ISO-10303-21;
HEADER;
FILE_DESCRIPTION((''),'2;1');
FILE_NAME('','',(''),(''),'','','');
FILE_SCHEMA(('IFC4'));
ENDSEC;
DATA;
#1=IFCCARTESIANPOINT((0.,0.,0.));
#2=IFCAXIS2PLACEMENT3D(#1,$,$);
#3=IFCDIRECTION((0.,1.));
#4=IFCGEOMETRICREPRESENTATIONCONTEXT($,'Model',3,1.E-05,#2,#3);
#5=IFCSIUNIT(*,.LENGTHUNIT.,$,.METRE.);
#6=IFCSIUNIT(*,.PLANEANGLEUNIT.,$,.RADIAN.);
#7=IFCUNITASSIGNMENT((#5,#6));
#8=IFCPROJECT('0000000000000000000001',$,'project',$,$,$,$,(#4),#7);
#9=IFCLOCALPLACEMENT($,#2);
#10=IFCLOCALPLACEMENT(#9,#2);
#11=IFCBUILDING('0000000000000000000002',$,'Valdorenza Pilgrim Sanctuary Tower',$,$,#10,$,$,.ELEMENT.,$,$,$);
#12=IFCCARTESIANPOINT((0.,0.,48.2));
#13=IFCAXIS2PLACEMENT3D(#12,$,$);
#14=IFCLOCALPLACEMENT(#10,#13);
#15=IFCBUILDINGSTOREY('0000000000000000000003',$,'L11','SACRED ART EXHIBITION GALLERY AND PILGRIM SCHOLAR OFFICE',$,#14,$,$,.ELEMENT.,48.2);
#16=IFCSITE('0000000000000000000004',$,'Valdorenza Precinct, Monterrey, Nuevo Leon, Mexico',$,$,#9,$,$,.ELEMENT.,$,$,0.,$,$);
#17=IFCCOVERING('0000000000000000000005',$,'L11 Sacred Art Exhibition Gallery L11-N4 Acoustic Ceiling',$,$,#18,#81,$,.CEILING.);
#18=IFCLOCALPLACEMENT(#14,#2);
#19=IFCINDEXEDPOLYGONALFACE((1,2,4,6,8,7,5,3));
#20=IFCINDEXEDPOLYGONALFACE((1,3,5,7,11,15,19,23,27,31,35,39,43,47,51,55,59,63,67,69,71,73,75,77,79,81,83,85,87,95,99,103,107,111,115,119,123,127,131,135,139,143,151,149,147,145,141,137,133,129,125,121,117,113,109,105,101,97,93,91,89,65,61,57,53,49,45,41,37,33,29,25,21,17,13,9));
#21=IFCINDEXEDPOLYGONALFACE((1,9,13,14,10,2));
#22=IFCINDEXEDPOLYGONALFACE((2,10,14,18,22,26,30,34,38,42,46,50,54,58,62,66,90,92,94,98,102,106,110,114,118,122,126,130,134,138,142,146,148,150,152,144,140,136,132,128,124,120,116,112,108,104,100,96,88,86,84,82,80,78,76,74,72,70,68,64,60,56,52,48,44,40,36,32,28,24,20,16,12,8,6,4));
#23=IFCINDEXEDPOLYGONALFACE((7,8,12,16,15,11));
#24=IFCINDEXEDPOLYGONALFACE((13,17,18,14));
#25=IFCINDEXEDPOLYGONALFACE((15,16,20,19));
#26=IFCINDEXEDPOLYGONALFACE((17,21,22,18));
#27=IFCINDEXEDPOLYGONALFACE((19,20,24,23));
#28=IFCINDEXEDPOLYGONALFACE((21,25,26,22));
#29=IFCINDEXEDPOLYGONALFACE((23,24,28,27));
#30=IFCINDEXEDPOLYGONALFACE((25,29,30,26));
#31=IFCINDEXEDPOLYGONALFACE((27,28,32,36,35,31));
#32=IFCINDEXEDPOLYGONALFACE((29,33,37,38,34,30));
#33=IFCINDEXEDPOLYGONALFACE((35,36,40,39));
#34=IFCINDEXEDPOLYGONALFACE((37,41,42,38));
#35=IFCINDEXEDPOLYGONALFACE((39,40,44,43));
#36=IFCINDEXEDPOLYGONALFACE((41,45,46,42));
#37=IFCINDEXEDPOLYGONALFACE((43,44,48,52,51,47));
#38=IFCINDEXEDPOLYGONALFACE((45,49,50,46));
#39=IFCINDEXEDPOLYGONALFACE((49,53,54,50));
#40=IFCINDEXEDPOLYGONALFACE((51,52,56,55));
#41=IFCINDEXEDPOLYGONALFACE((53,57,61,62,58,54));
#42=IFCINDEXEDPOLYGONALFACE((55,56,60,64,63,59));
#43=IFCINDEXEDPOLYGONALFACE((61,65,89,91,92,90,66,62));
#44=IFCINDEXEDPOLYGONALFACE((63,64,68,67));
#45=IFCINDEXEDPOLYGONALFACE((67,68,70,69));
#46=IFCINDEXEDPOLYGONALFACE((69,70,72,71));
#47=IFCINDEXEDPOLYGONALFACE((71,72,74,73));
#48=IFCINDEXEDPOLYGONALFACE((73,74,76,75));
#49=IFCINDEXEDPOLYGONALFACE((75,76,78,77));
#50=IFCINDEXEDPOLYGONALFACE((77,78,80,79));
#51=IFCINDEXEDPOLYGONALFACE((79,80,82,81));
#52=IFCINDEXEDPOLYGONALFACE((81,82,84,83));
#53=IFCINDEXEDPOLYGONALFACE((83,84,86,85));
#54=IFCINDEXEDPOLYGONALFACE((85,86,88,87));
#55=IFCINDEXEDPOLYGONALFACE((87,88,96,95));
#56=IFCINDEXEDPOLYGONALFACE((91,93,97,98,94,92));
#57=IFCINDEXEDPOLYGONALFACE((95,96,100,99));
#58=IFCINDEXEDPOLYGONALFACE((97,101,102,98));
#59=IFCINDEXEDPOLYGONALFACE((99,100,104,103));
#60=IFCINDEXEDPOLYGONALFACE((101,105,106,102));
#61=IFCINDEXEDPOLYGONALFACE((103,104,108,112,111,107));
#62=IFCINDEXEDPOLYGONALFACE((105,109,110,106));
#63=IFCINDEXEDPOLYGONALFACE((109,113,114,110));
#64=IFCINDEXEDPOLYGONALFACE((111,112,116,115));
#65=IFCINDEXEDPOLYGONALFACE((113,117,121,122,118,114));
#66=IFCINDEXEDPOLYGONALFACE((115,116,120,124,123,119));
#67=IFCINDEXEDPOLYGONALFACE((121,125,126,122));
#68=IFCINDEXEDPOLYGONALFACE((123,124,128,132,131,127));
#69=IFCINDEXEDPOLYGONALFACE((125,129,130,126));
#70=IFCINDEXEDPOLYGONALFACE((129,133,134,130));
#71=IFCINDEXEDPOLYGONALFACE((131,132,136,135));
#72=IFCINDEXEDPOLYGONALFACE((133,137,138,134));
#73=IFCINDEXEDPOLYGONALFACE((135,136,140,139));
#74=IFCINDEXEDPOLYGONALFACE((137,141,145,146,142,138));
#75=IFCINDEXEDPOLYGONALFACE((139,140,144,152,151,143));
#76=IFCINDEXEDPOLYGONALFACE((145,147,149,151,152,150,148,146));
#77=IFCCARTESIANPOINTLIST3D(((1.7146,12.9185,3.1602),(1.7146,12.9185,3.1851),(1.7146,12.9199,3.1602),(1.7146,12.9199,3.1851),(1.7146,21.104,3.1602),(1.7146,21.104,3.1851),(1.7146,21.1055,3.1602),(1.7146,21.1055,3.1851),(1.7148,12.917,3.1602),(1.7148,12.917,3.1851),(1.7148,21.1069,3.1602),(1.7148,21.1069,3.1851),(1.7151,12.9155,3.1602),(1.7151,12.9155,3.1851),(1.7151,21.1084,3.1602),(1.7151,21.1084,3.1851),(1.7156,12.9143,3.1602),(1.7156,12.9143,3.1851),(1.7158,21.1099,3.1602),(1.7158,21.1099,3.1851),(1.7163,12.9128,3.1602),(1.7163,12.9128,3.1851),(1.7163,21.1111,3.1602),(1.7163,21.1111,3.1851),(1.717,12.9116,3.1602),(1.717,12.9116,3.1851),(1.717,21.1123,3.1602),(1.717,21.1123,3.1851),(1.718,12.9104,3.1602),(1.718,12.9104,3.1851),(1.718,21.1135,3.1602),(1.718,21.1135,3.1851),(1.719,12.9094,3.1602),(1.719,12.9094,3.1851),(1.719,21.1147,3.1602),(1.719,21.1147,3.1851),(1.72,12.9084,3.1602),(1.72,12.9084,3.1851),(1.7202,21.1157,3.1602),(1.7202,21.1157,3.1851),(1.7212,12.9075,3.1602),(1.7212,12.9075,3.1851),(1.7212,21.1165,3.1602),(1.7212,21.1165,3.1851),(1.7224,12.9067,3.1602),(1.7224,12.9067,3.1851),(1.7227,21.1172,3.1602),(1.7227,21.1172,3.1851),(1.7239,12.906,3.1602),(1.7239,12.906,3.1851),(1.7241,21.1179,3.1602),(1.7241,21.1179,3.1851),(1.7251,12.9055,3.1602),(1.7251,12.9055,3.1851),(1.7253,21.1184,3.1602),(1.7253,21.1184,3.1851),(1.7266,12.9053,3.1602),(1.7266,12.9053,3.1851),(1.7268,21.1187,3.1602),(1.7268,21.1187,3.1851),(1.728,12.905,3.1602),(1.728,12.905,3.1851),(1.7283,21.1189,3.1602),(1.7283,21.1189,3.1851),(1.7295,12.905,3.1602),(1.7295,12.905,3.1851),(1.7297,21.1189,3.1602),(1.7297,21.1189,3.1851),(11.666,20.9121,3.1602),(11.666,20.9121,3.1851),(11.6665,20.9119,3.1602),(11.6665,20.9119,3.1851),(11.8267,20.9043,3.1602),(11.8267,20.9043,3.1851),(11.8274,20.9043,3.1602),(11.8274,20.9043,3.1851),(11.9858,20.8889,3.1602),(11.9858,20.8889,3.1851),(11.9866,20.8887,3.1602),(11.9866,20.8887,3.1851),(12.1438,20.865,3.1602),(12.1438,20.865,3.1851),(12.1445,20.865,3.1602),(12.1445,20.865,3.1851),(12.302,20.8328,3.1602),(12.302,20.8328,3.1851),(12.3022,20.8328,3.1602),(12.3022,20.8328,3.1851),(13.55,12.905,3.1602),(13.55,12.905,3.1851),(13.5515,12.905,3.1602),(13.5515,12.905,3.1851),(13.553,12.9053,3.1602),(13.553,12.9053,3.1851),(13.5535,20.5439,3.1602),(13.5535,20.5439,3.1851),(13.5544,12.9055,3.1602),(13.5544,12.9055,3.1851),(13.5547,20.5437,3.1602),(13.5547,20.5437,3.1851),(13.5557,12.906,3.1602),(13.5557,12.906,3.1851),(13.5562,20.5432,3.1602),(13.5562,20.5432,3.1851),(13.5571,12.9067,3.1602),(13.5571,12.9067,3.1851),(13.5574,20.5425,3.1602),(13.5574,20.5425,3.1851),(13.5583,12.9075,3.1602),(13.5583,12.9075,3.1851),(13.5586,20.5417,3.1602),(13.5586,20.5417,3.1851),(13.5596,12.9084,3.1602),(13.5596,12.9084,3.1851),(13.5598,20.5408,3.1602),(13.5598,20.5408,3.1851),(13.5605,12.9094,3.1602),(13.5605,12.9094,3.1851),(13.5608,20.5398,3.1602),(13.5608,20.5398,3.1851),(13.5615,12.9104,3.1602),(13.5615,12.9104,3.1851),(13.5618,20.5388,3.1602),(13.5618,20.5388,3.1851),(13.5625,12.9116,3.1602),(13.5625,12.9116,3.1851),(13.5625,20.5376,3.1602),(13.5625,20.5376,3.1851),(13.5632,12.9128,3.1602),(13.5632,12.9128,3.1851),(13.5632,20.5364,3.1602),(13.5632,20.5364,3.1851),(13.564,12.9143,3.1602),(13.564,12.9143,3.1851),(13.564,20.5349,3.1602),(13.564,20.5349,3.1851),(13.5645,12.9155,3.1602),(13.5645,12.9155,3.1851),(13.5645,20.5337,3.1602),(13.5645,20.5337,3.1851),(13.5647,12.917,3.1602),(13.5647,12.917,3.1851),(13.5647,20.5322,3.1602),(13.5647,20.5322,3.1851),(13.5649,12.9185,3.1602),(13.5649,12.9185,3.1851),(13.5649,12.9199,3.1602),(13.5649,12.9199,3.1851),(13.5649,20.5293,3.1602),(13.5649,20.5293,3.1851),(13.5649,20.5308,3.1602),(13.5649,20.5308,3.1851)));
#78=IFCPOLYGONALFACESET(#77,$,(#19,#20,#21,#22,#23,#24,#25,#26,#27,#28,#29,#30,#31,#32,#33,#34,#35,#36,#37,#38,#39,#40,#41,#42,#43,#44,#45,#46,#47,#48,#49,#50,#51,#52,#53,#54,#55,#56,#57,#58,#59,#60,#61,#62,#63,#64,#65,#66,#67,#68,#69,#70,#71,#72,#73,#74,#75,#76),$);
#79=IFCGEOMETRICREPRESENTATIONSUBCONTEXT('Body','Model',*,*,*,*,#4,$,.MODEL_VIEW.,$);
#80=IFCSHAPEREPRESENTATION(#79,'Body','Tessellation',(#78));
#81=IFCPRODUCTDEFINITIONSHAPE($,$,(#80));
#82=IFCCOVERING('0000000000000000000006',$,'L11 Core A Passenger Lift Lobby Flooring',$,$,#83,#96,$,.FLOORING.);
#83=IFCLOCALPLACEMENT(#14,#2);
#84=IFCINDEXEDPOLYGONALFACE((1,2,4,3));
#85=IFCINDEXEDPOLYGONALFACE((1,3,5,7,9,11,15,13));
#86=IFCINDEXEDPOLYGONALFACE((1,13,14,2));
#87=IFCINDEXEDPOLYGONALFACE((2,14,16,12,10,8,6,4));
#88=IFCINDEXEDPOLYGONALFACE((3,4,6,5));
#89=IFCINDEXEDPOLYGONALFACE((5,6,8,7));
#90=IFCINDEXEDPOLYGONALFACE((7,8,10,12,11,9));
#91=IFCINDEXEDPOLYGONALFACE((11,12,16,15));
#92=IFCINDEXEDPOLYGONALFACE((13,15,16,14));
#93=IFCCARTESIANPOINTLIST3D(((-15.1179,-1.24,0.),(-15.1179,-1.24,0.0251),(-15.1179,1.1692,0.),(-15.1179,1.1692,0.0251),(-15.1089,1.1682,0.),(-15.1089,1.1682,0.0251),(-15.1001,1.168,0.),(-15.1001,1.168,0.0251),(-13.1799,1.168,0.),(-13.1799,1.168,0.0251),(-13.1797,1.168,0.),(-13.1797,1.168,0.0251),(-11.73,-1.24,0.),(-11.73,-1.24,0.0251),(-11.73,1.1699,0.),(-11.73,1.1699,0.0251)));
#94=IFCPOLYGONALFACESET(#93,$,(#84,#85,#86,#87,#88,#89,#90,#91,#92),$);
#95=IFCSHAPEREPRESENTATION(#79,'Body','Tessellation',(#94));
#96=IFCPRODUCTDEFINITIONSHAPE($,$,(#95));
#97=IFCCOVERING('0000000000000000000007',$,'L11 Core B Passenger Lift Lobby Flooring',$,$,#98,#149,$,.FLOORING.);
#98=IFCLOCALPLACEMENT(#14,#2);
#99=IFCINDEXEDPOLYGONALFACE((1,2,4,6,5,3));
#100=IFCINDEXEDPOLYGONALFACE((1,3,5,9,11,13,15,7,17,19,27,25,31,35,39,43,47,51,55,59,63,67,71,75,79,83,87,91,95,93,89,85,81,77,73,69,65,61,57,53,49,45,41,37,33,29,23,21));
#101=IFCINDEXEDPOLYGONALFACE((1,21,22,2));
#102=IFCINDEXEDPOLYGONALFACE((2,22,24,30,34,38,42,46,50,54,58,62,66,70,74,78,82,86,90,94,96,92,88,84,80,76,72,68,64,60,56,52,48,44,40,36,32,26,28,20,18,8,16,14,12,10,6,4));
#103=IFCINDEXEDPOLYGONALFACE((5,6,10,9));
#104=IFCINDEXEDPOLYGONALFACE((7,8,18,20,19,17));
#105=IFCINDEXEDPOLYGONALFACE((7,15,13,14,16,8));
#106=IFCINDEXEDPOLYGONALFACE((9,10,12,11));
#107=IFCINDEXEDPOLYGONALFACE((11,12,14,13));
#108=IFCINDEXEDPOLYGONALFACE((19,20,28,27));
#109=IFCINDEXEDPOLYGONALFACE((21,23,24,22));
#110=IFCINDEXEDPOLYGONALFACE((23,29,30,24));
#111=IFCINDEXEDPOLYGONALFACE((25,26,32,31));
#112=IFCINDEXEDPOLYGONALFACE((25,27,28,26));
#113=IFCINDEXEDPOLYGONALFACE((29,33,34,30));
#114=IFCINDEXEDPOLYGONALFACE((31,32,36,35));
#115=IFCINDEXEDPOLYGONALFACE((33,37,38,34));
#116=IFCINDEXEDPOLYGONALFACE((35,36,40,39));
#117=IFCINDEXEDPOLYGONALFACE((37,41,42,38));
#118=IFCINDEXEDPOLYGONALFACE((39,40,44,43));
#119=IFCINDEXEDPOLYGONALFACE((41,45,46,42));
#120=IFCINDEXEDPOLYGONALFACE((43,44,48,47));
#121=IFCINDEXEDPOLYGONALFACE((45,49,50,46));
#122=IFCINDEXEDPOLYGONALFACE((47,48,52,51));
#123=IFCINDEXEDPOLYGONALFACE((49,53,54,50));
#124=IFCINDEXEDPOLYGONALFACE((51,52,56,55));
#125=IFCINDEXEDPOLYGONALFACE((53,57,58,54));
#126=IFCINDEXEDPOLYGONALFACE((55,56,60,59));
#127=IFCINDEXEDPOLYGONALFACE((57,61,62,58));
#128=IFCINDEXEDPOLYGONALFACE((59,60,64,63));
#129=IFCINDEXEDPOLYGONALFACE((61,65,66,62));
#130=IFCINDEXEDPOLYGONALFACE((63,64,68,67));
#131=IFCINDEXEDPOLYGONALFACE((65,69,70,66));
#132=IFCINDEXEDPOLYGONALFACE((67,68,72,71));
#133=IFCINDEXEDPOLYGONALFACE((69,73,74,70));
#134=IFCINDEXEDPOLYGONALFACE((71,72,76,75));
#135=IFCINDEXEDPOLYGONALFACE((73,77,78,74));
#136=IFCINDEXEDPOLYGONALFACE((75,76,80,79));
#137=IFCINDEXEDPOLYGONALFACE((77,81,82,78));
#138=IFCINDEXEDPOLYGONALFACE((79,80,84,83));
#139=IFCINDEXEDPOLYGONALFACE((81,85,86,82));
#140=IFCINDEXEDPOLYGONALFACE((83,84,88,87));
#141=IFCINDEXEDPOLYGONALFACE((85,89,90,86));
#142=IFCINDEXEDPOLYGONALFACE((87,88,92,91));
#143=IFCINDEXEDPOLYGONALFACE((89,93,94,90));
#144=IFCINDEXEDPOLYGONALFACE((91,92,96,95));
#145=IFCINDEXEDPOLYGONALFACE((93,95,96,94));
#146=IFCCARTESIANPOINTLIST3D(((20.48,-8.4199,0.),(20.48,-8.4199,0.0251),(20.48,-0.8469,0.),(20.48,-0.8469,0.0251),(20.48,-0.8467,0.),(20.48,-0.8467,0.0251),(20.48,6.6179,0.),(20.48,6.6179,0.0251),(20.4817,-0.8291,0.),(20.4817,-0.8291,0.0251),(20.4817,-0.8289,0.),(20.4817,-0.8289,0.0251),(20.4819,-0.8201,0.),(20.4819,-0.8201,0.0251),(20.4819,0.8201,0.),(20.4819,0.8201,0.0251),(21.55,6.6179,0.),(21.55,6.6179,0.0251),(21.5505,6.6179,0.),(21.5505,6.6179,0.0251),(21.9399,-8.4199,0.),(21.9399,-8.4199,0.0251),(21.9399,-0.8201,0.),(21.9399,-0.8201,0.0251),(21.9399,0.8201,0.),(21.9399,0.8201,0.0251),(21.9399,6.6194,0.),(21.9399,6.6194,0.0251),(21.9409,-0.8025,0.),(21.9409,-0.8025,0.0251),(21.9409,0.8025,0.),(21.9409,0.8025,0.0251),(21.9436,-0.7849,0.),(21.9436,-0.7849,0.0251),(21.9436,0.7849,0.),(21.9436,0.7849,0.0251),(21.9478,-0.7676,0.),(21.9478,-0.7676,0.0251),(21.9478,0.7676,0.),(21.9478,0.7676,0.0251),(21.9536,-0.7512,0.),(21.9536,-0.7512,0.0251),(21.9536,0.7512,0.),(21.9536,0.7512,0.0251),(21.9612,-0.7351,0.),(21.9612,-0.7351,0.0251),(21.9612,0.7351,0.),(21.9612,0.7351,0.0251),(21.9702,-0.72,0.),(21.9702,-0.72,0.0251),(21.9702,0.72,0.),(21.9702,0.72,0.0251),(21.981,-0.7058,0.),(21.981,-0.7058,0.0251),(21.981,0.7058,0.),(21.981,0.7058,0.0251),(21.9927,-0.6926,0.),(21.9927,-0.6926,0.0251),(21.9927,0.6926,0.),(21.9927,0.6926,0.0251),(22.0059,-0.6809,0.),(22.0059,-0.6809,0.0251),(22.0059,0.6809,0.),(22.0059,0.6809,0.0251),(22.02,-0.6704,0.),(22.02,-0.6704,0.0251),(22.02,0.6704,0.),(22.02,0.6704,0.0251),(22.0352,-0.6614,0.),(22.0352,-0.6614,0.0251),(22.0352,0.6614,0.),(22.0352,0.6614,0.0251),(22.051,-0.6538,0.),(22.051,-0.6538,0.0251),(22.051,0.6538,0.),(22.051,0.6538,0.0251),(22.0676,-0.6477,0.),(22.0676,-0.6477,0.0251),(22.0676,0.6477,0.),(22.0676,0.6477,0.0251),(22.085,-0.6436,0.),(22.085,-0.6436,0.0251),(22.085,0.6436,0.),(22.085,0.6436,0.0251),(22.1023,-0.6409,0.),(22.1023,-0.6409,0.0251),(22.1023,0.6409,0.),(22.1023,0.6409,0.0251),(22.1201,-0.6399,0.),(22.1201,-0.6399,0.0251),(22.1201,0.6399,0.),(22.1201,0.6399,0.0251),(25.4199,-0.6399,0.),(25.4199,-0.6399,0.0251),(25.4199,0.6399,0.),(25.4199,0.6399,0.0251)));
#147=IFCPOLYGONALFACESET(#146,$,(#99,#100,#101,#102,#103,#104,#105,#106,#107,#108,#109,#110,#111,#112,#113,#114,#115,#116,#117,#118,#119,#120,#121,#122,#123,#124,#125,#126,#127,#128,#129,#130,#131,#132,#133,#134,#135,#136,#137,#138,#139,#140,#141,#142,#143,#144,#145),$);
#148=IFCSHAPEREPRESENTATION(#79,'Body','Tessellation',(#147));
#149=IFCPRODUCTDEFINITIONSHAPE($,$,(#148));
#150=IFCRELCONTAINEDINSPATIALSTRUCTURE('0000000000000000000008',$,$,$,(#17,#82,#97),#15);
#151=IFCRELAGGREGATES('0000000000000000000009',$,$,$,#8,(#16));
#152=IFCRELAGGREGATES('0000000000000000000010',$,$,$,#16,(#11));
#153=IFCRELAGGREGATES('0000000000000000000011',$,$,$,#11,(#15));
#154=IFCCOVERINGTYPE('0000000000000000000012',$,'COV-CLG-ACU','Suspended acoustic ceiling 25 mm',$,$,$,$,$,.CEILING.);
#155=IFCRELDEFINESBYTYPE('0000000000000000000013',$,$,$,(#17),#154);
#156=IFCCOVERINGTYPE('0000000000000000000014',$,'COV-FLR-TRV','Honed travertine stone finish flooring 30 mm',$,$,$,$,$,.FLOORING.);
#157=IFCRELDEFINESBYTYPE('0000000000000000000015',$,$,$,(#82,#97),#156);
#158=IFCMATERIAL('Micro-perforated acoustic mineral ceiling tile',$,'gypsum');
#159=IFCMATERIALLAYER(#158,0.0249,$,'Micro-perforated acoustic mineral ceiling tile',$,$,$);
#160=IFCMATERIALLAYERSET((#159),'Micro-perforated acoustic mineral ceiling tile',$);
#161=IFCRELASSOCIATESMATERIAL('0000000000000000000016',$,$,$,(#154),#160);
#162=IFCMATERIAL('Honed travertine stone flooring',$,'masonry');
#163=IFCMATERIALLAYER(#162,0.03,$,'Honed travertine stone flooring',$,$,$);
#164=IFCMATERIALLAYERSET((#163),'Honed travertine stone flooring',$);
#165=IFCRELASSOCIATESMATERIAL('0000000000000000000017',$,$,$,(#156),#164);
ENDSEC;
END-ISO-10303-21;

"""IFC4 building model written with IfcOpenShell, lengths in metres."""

from ifc_helpers import new_model, si_unit, direction, frame, origin, place, context, subcontext, project, spatial, polyline, outline, extrude, material, layer, layer_set, type_object, element, save


model = new_model("IFC4")

# Units and contexts
model_context = context("Model", 3, precision=1e-05, world=origin(), true_north=direction((0.0, 1.0)))
body_context = subcontext(model_context, "Body", "Model", "MODEL_VIEW")
ifc_project = project(units=[si_unit("LENGTHUNIT", "METRE"), si_unit("PLANEANGLEUNIT", "RADIAN")], contexts=[model_context])

# Site, building, storey
site_placement = place(None, origin())
site = spatial("IfcSite", under=ifc_project, at=site_placement, Name="Valdorenza Precinct, Monterrey, Nuevo Leon, Mexico", CompositionType="ELEMENT", RefElevation=0.0)
building_placement = place(site_placement, origin())
building = spatial("IfcBuilding", under=site, at=building_placement, Name="Valdorenza Pilgrim Sanctuary Tower", CompositionType="ELEMENT")
storey_placement = place(building_placement, frame((0.0, 0.0, 48.2)))
storey = spatial("IfcBuildingStorey", under=building, at=storey_placement, Name="L11", Description="SACRED ART EXHIBITION GALLERY AND PILGRIM SCHOLAR OFFICE", CompositionType="ELEMENT", Elevation=48.2)

# Coverings
ifc_material_1 = material(Name="Micro-perforated acoustic mineral ceiling tile", Category="gypsum")
ifc_layer_1 = layer(ifc_material_1, 0.0249, Name="Micro-perforated acoustic mineral ceiling tile")
ifc_layer_set_1 = layer_set([ifc_layer_1], Name="Micro-perforated acoustic mineral ceiling tile")
covering_type_1 = type_object("IfcCoveringType", Name="COV-CLG-ACU", Description="Suspended acoustic ceiling 25 mm", PredefinedType="CEILING", material=ifc_layer_set_1)
covering_1_placement = place(storey_placement, frame((0.0, 0.0, 3.1602)))
element("IfcCovering", 1, at=covering_1_placement, inside=storey, type_object=covering_type_1, Name="L11 Sacred Art Exhibition Gallery L11-N4 Acoustic Ceiling", PredefinedType="CEILING", context=body_context, shape_type="SweptSolid", body=[
    extrude(outline(polyline([(1.7295, 12.905), (1.728, 12.905), (1.7266, 12.9053), (1.7251, 12.9055), (1.7239, 12.906), (1.7224, 12.9067), (1.7212, 12.9075), (1.72, 12.9084), (1.719, 12.9094), (1.718, 12.9104), (1.717, 12.9116), (1.7163, 12.9128), (1.7156, 12.9143), (1.7151, 12.9155), (1.7148, 12.917), (1.7146, 12.9185), (1.7146, 12.9199), (1.7146, 21.104), (1.7146, 21.1055), (1.7148, 21.1069), (1.7151, 21.1084), (1.7158, 21.1099), (1.7163, 21.1111), (1.717, 21.1123), (1.718, 21.1135), (1.719, 21.1147), (1.7202, 21.1157), (1.7212, 21.1165), (1.7227, 21.1172), (1.7241, 21.1179), (1.7253, 21.1184), (1.7268, 21.1187), (1.7283, 21.1189), (1.7297, 21.1189), (11.666, 20.9121), (11.6665, 20.9119), (11.8267, 20.9043), (11.8274, 20.9043), (11.9858, 20.8889), (11.9866, 20.8887), (12.1438, 20.865), (12.1445, 20.865), (12.302, 20.8328), (12.3022, 20.8328), (13.5535, 20.5439), (13.5547, 20.5437), (13.5562, 20.5432), (13.5574, 20.5425), (13.5586, 20.5417), (13.5598, 20.5408), (13.5608, 20.5398), (13.5618, 20.5388), (13.5625, 20.5376), (13.5632, 20.5364), (13.564, 20.5349), (13.5645, 20.5337), (13.5647, 20.5322), (13.5649, 20.5308), (13.5649, 20.5293), (13.5649, 12.9199), (13.5649, 12.9185), (13.5647, 12.917), (13.5645, 12.9155), (13.564, 12.9143), (13.5632, 12.9128), (13.5625, 12.9116), (13.5615, 12.9104), (13.5605, 12.9094), (13.5596, 12.9084), (13.5583, 12.9075), (13.5571, 12.9067), (13.5557, 12.906), (13.5544, 12.9055), (13.553, 12.9053), (13.5515, 12.905), (13.55, 12.905), (1.7295, 12.905)])), origin(), (0.0, 0.0, 1.0), 0.0249),
])
ifc_material_2 = material(Name="Honed travertine stone flooring", Category="masonry")
ifc_layer_2 = layer(ifc_material_2, 0.03, Name="Honed travertine stone flooring")
ifc_layer_set_2 = layer_set([ifc_layer_2], Name="Honed travertine stone flooring")
covering_type_2 = type_object("IfcCoveringType", Name="COV-FLR-TRV", Description="Honed travertine stone finish flooring 30 mm", PredefinedType="FLOORING", material=ifc_layer_set_2)
covering_2_placement = place(storey_placement, origin())
element("IfcCovering", 2, at=covering_2_placement, inside=storey, type_object=covering_type_2, Name="L11 Core A Passenger Lift Lobby Flooring", PredefinedType="FLOORING", context=body_context, shape_type="SweptSolid", body=[
    extrude(outline(polyline([(-15.1179, 1.1692), (-15.1089, 1.1682), (-15.1089, 1.1682), (-15.1001, 1.168), (-13.1799, 1.168), (-13.1797, 1.168), (-11.73, 1.1699), (-11.73, -1.24), (-15.1179, -1.24), (-15.1179, 1.1692)])), origin(), (0.0, 0.0, 1.0), 0.0251),
])
covering_3_placement = place(storey_placement, origin())
element("IfcCovering", 3, at=covering_3_placement, inside=storey, type_object=covering_type_2, Name="L11 Core B Passenger Lift Lobby Flooring", PredefinedType="FLOORING", context=body_context, shape_type="SweptSolid", body=[
    extrude(outline(polyline([(20.48, 6.6179), (21.55, 6.6179), (21.5505, 6.6179), (21.9399, 6.6194), (21.9399, 0.8201), (21.9409, 0.8025), (21.9436, 0.7849), (21.9478, 0.7676), (21.9536, 0.7512), (21.9612, 0.7351), (21.9702, 0.72), (21.981, 0.7058), (21.9927, 0.6926), (22.0059, 0.6809), (22.02, 0.6704), (22.0352, 0.6614), (22.051, 0.6538), (22.0676, 0.6477), (22.085, 0.6436), (22.1023, 0.6409), (22.1201, 0.6399), (25.4199, 0.6399), (25.4199, -0.6399), (22.1201, -0.6399), (22.1023, -0.6409), (22.085, -0.6436), (22.0676, -0.6477), (22.051, -0.6538), (22.0352, -0.6614), (22.02, -0.6704), (22.0059, -0.6809), (21.9927, -0.6926), (21.981, -0.7058), (21.9702, -0.72), (21.9612, -0.7351), (21.9536, -0.7512), (21.9478, -0.7676), (21.9436, -0.7849), (21.9409, -0.8025), (21.9399, -0.8201), (21.9399, -8.4199), (20.48, -8.4199), (20.48, -0.8469), (20.48, -0.8467), (20.48, -0.8467), (20.4817, -0.8291), (20.4817, -0.8289), (20.4819, -0.8201), (20.4819, 0.8201), (20.48, 6.6179)])), origin(), (0.0, 0.0, 1.0), 0.0251),
])

save(model, "model.ifc")
